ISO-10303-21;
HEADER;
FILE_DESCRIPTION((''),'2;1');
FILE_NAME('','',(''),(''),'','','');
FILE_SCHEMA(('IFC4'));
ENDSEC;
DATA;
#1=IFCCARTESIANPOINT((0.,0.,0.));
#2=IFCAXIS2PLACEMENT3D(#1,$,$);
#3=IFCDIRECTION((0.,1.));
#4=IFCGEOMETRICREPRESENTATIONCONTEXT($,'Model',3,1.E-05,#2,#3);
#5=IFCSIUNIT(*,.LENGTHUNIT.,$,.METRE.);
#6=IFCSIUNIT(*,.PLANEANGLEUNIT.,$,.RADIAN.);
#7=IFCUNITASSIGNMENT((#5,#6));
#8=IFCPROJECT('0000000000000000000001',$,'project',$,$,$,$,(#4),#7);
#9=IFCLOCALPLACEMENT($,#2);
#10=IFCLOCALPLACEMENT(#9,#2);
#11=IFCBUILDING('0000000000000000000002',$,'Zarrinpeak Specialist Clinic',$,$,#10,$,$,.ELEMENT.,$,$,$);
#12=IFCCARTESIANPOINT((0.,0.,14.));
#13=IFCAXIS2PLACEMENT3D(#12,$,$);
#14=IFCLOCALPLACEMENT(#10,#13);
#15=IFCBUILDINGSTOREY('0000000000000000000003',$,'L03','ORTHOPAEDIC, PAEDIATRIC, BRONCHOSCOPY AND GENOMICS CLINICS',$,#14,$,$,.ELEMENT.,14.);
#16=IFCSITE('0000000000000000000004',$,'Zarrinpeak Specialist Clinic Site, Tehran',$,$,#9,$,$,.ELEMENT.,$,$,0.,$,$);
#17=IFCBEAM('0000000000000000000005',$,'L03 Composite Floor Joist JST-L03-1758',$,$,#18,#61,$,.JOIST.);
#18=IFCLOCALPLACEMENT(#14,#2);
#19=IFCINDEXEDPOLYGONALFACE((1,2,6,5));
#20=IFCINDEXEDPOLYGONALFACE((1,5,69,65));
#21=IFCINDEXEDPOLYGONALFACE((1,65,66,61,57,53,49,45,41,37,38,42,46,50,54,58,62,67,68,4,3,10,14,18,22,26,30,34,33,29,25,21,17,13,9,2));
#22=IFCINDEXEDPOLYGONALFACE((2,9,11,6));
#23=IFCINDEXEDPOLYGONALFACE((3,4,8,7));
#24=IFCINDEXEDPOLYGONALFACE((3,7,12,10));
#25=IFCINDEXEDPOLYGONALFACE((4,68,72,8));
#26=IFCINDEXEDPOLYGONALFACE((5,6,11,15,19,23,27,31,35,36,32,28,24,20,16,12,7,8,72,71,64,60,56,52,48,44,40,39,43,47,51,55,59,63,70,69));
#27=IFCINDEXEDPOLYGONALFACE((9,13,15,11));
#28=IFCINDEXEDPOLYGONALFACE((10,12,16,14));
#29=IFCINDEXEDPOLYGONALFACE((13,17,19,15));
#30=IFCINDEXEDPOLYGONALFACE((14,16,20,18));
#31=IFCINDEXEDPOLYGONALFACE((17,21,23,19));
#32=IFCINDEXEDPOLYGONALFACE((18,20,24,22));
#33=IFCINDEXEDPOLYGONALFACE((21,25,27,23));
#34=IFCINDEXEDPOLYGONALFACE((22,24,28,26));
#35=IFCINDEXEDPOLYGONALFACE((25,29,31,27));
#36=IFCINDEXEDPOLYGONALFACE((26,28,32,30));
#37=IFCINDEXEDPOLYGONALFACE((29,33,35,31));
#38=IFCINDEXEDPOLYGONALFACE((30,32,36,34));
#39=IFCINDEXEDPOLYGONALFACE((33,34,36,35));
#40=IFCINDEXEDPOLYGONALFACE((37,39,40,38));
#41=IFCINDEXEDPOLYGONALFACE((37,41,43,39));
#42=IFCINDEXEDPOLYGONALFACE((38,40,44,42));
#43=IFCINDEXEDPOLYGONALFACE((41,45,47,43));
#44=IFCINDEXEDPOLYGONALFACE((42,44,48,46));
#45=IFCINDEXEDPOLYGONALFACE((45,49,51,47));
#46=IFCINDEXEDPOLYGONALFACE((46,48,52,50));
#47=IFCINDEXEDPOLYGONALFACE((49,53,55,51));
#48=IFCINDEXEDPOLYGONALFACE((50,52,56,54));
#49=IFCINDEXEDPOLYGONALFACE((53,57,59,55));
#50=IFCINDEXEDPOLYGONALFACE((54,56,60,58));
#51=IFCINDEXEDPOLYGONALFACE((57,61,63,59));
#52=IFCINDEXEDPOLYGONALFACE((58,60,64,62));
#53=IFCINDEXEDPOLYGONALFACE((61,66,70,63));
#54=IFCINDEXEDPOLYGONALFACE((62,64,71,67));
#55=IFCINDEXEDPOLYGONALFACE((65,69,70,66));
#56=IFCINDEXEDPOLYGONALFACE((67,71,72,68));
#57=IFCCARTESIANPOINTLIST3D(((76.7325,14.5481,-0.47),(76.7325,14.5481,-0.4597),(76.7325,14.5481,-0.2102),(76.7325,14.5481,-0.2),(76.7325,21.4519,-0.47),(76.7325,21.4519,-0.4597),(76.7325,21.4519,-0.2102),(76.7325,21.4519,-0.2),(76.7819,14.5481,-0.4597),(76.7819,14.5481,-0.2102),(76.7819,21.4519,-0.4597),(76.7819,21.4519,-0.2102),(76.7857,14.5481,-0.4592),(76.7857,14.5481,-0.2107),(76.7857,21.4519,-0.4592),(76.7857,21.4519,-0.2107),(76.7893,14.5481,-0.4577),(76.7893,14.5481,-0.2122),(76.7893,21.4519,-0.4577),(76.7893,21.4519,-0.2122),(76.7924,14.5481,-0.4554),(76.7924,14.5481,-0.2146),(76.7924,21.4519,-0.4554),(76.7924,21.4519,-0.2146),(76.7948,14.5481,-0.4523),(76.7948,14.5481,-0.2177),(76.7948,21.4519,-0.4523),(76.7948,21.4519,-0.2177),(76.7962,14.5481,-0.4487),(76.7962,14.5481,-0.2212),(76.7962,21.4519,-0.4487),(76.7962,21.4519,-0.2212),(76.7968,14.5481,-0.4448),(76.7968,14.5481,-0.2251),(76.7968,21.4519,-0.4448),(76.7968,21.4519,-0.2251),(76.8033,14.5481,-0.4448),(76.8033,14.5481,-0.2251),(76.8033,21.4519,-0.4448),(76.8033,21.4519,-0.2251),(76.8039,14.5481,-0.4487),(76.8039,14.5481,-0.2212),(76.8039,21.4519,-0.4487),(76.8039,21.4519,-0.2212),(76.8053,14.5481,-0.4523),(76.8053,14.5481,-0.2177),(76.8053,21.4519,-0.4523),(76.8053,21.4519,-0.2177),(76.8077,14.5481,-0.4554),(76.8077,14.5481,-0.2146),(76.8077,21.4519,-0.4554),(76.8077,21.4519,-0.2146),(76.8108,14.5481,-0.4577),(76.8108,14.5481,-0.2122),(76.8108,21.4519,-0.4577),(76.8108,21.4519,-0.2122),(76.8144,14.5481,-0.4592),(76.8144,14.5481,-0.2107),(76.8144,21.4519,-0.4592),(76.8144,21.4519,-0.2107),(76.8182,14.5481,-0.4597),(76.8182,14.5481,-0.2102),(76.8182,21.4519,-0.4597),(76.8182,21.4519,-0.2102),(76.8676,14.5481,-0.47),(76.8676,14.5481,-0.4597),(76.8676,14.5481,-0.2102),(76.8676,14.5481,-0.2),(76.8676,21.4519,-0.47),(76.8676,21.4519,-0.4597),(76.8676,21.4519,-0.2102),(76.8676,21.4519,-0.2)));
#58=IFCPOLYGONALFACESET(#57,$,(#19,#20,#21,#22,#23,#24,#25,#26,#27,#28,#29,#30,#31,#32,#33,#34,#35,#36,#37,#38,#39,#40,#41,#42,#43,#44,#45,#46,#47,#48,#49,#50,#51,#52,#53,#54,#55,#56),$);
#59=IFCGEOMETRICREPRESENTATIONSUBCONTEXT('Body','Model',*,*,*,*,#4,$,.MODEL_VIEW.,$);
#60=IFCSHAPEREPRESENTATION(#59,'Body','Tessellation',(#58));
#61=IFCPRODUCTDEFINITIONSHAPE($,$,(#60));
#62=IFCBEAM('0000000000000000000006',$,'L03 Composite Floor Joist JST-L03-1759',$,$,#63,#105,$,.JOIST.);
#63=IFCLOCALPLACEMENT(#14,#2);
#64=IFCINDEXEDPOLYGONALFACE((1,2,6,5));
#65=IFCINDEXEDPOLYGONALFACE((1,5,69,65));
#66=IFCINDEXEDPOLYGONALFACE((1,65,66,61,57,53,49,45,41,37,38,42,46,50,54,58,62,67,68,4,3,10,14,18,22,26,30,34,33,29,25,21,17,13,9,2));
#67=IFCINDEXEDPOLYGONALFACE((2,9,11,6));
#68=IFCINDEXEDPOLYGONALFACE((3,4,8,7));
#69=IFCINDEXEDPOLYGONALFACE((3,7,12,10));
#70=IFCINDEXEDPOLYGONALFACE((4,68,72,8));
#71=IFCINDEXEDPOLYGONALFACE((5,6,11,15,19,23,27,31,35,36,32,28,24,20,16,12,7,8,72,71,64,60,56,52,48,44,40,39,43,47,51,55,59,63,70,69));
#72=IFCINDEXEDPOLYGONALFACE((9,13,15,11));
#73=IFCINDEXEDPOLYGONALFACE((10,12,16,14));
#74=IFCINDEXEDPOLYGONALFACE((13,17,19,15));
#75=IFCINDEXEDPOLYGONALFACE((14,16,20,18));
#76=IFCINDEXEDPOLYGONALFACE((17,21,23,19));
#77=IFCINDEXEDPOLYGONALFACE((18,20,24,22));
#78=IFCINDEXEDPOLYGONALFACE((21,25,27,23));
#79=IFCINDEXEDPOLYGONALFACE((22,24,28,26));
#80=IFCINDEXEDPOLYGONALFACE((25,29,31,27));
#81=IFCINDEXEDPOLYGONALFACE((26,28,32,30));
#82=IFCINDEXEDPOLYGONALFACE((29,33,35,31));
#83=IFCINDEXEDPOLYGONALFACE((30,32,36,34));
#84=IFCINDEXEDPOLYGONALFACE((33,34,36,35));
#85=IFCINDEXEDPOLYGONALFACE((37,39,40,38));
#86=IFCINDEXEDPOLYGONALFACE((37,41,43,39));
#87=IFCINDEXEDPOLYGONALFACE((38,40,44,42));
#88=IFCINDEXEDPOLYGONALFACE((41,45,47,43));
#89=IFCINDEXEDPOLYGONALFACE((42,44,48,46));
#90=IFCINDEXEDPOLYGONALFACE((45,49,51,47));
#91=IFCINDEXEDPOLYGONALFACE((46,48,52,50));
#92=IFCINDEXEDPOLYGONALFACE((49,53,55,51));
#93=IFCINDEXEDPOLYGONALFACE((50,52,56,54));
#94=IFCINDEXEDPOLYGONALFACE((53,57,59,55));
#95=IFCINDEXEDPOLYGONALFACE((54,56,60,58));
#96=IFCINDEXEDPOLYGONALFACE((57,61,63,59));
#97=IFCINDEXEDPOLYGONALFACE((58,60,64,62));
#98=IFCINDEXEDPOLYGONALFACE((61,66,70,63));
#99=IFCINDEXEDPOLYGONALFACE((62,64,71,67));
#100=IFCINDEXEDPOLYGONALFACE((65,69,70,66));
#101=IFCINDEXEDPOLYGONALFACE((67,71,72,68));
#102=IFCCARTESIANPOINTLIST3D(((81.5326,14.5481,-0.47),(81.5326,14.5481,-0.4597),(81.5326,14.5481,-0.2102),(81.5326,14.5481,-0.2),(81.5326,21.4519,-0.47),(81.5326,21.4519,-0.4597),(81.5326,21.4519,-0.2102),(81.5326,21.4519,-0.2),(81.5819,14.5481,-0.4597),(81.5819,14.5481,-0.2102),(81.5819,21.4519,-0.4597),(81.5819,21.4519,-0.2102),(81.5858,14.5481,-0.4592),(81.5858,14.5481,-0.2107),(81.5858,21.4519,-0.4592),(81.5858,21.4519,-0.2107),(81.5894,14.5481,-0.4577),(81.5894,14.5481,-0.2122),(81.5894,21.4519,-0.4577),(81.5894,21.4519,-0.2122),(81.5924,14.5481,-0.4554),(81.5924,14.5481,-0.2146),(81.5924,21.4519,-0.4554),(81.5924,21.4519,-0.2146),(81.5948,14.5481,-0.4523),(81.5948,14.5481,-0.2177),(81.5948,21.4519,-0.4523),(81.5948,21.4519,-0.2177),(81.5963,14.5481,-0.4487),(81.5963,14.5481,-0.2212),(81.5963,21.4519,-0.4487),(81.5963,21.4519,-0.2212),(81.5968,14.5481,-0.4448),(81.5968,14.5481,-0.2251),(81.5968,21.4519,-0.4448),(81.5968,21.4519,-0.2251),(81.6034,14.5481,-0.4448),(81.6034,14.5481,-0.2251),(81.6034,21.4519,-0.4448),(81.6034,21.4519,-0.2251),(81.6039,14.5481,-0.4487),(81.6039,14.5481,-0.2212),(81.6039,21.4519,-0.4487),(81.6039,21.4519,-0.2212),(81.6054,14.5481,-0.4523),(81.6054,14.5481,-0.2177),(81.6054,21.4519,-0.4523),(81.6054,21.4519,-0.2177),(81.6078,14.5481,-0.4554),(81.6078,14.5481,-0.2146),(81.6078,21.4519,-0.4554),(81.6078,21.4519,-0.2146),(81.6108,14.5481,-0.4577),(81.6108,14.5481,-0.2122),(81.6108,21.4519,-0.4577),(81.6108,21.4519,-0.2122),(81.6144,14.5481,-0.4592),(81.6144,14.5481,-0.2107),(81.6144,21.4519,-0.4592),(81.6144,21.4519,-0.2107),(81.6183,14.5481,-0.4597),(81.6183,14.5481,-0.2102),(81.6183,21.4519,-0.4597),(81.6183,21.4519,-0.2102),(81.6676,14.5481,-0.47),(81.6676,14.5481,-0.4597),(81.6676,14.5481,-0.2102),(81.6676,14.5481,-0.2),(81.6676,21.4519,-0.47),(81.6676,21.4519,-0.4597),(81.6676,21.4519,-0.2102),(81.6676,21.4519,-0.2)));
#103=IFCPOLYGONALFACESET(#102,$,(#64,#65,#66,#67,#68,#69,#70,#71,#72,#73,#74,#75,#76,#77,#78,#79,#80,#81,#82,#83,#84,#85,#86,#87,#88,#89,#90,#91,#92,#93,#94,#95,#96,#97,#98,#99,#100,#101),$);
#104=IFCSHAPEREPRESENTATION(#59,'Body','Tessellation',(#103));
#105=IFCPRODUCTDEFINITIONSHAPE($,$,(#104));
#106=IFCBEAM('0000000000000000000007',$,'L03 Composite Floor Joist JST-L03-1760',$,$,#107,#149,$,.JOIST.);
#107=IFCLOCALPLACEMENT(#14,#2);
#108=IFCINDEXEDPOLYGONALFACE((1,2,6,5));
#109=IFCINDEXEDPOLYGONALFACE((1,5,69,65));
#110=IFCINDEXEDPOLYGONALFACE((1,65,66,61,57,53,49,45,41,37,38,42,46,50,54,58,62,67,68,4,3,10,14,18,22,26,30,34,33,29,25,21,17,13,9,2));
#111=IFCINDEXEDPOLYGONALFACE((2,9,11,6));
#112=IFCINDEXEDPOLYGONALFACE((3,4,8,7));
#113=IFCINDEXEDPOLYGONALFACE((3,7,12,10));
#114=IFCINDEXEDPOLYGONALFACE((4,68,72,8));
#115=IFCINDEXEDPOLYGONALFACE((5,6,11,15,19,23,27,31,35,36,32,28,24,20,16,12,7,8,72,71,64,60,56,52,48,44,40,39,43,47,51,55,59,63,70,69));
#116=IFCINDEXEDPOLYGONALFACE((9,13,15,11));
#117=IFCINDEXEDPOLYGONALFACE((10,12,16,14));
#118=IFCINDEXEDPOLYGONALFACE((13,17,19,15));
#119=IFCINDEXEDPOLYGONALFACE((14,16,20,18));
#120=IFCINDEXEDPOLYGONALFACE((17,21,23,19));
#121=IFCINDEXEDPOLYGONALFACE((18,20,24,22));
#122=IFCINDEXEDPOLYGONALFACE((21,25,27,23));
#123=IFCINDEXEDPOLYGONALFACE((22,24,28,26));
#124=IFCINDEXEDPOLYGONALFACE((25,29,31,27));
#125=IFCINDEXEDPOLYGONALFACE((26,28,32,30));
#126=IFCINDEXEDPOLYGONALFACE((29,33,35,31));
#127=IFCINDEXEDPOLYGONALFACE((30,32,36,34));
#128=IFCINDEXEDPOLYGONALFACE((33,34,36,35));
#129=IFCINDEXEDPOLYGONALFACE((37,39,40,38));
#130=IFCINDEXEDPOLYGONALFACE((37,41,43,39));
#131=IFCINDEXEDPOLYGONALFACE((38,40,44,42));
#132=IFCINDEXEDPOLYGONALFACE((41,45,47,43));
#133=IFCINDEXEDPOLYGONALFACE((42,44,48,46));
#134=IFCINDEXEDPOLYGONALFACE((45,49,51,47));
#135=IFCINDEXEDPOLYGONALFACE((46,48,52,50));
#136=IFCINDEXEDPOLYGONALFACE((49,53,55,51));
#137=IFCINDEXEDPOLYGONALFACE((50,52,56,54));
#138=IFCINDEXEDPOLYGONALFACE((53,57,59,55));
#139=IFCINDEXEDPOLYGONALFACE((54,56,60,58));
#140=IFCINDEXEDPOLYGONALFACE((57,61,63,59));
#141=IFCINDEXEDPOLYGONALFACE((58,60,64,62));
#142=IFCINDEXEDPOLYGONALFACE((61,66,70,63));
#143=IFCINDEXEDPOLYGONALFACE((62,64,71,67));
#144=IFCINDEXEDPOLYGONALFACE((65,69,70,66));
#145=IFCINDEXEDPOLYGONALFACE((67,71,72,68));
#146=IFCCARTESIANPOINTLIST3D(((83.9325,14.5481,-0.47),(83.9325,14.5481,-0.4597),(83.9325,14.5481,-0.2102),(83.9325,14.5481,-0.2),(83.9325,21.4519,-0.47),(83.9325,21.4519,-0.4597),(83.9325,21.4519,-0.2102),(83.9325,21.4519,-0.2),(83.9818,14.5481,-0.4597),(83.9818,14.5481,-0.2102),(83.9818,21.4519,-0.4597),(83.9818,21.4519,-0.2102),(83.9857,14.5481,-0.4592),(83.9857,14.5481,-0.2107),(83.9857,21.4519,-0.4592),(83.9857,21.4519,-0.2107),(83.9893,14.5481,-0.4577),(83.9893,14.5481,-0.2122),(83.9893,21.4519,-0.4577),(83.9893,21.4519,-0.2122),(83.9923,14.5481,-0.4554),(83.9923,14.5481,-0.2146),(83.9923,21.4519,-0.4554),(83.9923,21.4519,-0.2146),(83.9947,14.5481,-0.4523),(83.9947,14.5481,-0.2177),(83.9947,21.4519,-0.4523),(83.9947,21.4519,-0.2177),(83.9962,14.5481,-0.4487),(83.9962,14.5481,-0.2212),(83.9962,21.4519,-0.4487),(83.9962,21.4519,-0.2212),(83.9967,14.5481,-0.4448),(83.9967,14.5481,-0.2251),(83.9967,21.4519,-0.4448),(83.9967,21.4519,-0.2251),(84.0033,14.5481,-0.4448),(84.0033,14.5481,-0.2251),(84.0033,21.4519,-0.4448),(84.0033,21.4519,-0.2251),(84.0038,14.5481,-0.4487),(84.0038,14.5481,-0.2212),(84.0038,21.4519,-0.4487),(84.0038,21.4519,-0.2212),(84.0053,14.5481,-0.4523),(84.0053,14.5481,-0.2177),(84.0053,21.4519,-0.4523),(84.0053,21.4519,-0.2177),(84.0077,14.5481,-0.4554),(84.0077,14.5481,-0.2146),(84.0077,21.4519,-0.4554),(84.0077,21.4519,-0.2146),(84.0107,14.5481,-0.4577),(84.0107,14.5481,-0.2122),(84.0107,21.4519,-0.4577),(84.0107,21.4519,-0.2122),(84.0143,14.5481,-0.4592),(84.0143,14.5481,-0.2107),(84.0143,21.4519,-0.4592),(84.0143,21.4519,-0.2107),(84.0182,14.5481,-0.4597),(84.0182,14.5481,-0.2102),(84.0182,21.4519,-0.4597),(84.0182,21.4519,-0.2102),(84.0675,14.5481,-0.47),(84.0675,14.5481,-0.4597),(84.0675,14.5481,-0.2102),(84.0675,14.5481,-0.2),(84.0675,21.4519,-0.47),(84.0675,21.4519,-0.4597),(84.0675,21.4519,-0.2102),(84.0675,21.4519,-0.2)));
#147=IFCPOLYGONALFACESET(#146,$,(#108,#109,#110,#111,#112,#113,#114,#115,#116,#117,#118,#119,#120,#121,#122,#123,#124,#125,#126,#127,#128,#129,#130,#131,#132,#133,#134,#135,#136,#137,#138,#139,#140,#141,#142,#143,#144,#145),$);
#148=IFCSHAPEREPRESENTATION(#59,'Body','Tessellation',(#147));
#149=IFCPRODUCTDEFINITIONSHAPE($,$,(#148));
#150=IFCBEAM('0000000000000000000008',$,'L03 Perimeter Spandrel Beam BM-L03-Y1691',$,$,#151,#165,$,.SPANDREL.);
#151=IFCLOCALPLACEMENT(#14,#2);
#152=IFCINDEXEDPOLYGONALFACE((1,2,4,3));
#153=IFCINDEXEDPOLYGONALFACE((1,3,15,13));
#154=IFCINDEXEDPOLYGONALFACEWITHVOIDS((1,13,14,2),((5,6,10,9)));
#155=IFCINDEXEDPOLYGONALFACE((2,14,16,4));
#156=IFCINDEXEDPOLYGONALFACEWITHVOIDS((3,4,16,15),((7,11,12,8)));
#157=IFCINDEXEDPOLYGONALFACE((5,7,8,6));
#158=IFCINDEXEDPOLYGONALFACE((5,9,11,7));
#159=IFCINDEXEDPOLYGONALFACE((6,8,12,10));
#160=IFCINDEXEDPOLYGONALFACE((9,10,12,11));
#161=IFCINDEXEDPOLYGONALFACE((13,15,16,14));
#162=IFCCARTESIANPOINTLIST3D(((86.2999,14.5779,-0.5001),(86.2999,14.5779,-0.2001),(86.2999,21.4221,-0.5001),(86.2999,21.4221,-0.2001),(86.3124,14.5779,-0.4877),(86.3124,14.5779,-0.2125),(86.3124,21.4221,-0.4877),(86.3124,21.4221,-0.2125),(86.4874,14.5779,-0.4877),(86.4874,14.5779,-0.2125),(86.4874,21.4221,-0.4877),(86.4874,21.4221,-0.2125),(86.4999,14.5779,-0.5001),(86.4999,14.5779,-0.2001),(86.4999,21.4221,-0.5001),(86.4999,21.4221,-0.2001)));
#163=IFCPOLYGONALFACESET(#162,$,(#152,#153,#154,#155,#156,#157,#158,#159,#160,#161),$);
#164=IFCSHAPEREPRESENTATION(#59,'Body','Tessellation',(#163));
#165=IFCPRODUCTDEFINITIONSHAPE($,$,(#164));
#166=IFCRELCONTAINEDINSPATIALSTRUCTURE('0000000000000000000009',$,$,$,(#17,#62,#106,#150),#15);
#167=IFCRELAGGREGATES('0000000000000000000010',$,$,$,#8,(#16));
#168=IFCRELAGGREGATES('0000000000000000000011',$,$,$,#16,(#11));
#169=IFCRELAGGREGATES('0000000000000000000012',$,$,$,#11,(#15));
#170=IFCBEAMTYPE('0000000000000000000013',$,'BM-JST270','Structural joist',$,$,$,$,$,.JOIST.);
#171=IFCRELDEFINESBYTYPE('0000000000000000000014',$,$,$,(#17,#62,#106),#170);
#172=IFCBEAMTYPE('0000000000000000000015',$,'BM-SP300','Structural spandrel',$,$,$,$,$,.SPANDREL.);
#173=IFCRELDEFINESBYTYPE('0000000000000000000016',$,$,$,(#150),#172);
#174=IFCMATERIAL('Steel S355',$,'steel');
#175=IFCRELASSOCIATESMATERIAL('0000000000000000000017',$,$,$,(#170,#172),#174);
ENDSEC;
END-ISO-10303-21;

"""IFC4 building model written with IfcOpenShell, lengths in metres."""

from ifc_helpers import new_model, si_unit, direction, frame, origin, origin_2d, place, context, subcontext, project, spatial, hollow_rectangle, i_section, extrude, material, material_profile, profile_set, type_object, element, save


model = new_model("IFC4")

# Units and contexts
model_context = context("Model", 3, precision=1e-05, world=origin(), true_north=direction((0.0, 1.0)))
body_context = subcontext(model_context, "Body", "Model", "MODEL_VIEW")
ifc_project = project(units=[si_unit("LENGTHUNIT", "METRE"), si_unit("PLANEANGLEUNIT", "RADIAN")], contexts=[model_context])

# Site, building, storey
site_placement = place(None, origin())
site = spatial("IfcSite", under=ifc_project, at=site_placement, Name="Zarrinpeak Specialist Clinic Site, Tehran", CompositionType="ELEMENT", RefElevation=0.0)
building_placement = place(site_placement, origin())
building = spatial("IfcBuilding", under=site, at=building_placement, Name="Zarrinpeak Specialist Clinic", CompositionType="ELEMENT")
storey_placement = place(building_placement, frame((0.0, 0.0, 14.0)))
storey = spatial("IfcBuildingStorey", under=building, at=storey_placement, Name="L03", Description="ORTHOPAEDIC, PAEDIATRIC, BRONCHOSCOPY AND GENOMICS CLINICS", CompositionType="ELEMENT", Elevation=14.0)

# Shared definitions
ifc_material_1 = material(Name="Steel S355", Category="steel")

# Beams
ifc_material_profile_1 = material_profile(ifc_material_1, i_section(OverallWidth=0.135, OverallDepth=0.27, WebThickness=0.0066, FlangeThickness=0.0103, FilletRadius=0.0149, at=origin_2d()), Name="IPE 270")
ifc_profile_set_1 = profile_set([ifc_material_profile_1], Name="Steel S355")
beam_type_1 = type_object("IfcBeamType", Name="BM-JST270", Description="Structural joist", PredefinedType="JOIST", material=ifc_profile_set_1)
for number, where, z_axis, x_axis, name in (
    (1, (76.8, 14.5481, -0.335), (0.0, 1.0, 0.0), (-1.0, 0.0, 0.0), "L03 Composite Floor Joist JST-L03-1758"),
    (2, (81.6001, 14.5481, -0.335), (0.0, 1.0, 0.0), (-1.0, 0.0, 0.0), "L03 Composite Floor Joist JST-L03-1759"),
    (3, (84.0, 14.5481, -0.335), (0.0, 1.0, 0.0), (-1.0, 0.0, 0.0), "L03 Composite Floor Joist JST-L03-1760"),
):
    element("IfcBeam", number, at=place(storey_placement, frame(where, z_axis=z_axis, x_axis=x_axis)), inside=storey, type_object=beam_type_1, Name=name, PredefinedType="JOIST", context=body_context, shape_type="SweptSolid", body=[
        extrude(i_section(OverallWidth=0.135, OverallDepth=0.27, WebThickness=0.0066, FlangeThickness=0.0103, FilletRadius=0.0149, at=origin_2d()), origin(), (0.0, 0.0, 1.0), 6.9038),
    ])
ifc_material_profile_2 = material_profile(ifc_material_1, hollow_rectangle(XDim=0.2, YDim=0.3, WallThickness=0.0125, at=origin_2d()), Name="RHS 300x200x12.5")
ifc_profile_set_2 = profile_set([ifc_material_profile_2], Name="Steel S355")
beam_type_2 = type_object("IfcBeamType", Name="BM-SP300", Description="Structural spandrel", PredefinedType="SPANDREL", material=ifc_profile_set_2)
beam_1_placement = place(storey_placement, frame((86.3999, 14.5779, -0.3501), z_axis=(0.0, 1.0, 0.0), x_axis=(-1.0, 0.0, 0.0)))
element("IfcBeam", 4, at=beam_1_placement, inside=storey, type_object=beam_type_2, Name="L03 Perimeter Spandrel Beam BM-L03-Y1691", PredefinedType="SPANDREL", context=body_context, shape_type="SweptSolid", body=[
    extrude(hollow_rectangle(XDim=0.2, YDim=0.3, WallThickness=0.0125, at=origin_2d()), origin(), (0.0, 0.0, 1.0), 6.8442),
])

save(model, "model.ifc")
